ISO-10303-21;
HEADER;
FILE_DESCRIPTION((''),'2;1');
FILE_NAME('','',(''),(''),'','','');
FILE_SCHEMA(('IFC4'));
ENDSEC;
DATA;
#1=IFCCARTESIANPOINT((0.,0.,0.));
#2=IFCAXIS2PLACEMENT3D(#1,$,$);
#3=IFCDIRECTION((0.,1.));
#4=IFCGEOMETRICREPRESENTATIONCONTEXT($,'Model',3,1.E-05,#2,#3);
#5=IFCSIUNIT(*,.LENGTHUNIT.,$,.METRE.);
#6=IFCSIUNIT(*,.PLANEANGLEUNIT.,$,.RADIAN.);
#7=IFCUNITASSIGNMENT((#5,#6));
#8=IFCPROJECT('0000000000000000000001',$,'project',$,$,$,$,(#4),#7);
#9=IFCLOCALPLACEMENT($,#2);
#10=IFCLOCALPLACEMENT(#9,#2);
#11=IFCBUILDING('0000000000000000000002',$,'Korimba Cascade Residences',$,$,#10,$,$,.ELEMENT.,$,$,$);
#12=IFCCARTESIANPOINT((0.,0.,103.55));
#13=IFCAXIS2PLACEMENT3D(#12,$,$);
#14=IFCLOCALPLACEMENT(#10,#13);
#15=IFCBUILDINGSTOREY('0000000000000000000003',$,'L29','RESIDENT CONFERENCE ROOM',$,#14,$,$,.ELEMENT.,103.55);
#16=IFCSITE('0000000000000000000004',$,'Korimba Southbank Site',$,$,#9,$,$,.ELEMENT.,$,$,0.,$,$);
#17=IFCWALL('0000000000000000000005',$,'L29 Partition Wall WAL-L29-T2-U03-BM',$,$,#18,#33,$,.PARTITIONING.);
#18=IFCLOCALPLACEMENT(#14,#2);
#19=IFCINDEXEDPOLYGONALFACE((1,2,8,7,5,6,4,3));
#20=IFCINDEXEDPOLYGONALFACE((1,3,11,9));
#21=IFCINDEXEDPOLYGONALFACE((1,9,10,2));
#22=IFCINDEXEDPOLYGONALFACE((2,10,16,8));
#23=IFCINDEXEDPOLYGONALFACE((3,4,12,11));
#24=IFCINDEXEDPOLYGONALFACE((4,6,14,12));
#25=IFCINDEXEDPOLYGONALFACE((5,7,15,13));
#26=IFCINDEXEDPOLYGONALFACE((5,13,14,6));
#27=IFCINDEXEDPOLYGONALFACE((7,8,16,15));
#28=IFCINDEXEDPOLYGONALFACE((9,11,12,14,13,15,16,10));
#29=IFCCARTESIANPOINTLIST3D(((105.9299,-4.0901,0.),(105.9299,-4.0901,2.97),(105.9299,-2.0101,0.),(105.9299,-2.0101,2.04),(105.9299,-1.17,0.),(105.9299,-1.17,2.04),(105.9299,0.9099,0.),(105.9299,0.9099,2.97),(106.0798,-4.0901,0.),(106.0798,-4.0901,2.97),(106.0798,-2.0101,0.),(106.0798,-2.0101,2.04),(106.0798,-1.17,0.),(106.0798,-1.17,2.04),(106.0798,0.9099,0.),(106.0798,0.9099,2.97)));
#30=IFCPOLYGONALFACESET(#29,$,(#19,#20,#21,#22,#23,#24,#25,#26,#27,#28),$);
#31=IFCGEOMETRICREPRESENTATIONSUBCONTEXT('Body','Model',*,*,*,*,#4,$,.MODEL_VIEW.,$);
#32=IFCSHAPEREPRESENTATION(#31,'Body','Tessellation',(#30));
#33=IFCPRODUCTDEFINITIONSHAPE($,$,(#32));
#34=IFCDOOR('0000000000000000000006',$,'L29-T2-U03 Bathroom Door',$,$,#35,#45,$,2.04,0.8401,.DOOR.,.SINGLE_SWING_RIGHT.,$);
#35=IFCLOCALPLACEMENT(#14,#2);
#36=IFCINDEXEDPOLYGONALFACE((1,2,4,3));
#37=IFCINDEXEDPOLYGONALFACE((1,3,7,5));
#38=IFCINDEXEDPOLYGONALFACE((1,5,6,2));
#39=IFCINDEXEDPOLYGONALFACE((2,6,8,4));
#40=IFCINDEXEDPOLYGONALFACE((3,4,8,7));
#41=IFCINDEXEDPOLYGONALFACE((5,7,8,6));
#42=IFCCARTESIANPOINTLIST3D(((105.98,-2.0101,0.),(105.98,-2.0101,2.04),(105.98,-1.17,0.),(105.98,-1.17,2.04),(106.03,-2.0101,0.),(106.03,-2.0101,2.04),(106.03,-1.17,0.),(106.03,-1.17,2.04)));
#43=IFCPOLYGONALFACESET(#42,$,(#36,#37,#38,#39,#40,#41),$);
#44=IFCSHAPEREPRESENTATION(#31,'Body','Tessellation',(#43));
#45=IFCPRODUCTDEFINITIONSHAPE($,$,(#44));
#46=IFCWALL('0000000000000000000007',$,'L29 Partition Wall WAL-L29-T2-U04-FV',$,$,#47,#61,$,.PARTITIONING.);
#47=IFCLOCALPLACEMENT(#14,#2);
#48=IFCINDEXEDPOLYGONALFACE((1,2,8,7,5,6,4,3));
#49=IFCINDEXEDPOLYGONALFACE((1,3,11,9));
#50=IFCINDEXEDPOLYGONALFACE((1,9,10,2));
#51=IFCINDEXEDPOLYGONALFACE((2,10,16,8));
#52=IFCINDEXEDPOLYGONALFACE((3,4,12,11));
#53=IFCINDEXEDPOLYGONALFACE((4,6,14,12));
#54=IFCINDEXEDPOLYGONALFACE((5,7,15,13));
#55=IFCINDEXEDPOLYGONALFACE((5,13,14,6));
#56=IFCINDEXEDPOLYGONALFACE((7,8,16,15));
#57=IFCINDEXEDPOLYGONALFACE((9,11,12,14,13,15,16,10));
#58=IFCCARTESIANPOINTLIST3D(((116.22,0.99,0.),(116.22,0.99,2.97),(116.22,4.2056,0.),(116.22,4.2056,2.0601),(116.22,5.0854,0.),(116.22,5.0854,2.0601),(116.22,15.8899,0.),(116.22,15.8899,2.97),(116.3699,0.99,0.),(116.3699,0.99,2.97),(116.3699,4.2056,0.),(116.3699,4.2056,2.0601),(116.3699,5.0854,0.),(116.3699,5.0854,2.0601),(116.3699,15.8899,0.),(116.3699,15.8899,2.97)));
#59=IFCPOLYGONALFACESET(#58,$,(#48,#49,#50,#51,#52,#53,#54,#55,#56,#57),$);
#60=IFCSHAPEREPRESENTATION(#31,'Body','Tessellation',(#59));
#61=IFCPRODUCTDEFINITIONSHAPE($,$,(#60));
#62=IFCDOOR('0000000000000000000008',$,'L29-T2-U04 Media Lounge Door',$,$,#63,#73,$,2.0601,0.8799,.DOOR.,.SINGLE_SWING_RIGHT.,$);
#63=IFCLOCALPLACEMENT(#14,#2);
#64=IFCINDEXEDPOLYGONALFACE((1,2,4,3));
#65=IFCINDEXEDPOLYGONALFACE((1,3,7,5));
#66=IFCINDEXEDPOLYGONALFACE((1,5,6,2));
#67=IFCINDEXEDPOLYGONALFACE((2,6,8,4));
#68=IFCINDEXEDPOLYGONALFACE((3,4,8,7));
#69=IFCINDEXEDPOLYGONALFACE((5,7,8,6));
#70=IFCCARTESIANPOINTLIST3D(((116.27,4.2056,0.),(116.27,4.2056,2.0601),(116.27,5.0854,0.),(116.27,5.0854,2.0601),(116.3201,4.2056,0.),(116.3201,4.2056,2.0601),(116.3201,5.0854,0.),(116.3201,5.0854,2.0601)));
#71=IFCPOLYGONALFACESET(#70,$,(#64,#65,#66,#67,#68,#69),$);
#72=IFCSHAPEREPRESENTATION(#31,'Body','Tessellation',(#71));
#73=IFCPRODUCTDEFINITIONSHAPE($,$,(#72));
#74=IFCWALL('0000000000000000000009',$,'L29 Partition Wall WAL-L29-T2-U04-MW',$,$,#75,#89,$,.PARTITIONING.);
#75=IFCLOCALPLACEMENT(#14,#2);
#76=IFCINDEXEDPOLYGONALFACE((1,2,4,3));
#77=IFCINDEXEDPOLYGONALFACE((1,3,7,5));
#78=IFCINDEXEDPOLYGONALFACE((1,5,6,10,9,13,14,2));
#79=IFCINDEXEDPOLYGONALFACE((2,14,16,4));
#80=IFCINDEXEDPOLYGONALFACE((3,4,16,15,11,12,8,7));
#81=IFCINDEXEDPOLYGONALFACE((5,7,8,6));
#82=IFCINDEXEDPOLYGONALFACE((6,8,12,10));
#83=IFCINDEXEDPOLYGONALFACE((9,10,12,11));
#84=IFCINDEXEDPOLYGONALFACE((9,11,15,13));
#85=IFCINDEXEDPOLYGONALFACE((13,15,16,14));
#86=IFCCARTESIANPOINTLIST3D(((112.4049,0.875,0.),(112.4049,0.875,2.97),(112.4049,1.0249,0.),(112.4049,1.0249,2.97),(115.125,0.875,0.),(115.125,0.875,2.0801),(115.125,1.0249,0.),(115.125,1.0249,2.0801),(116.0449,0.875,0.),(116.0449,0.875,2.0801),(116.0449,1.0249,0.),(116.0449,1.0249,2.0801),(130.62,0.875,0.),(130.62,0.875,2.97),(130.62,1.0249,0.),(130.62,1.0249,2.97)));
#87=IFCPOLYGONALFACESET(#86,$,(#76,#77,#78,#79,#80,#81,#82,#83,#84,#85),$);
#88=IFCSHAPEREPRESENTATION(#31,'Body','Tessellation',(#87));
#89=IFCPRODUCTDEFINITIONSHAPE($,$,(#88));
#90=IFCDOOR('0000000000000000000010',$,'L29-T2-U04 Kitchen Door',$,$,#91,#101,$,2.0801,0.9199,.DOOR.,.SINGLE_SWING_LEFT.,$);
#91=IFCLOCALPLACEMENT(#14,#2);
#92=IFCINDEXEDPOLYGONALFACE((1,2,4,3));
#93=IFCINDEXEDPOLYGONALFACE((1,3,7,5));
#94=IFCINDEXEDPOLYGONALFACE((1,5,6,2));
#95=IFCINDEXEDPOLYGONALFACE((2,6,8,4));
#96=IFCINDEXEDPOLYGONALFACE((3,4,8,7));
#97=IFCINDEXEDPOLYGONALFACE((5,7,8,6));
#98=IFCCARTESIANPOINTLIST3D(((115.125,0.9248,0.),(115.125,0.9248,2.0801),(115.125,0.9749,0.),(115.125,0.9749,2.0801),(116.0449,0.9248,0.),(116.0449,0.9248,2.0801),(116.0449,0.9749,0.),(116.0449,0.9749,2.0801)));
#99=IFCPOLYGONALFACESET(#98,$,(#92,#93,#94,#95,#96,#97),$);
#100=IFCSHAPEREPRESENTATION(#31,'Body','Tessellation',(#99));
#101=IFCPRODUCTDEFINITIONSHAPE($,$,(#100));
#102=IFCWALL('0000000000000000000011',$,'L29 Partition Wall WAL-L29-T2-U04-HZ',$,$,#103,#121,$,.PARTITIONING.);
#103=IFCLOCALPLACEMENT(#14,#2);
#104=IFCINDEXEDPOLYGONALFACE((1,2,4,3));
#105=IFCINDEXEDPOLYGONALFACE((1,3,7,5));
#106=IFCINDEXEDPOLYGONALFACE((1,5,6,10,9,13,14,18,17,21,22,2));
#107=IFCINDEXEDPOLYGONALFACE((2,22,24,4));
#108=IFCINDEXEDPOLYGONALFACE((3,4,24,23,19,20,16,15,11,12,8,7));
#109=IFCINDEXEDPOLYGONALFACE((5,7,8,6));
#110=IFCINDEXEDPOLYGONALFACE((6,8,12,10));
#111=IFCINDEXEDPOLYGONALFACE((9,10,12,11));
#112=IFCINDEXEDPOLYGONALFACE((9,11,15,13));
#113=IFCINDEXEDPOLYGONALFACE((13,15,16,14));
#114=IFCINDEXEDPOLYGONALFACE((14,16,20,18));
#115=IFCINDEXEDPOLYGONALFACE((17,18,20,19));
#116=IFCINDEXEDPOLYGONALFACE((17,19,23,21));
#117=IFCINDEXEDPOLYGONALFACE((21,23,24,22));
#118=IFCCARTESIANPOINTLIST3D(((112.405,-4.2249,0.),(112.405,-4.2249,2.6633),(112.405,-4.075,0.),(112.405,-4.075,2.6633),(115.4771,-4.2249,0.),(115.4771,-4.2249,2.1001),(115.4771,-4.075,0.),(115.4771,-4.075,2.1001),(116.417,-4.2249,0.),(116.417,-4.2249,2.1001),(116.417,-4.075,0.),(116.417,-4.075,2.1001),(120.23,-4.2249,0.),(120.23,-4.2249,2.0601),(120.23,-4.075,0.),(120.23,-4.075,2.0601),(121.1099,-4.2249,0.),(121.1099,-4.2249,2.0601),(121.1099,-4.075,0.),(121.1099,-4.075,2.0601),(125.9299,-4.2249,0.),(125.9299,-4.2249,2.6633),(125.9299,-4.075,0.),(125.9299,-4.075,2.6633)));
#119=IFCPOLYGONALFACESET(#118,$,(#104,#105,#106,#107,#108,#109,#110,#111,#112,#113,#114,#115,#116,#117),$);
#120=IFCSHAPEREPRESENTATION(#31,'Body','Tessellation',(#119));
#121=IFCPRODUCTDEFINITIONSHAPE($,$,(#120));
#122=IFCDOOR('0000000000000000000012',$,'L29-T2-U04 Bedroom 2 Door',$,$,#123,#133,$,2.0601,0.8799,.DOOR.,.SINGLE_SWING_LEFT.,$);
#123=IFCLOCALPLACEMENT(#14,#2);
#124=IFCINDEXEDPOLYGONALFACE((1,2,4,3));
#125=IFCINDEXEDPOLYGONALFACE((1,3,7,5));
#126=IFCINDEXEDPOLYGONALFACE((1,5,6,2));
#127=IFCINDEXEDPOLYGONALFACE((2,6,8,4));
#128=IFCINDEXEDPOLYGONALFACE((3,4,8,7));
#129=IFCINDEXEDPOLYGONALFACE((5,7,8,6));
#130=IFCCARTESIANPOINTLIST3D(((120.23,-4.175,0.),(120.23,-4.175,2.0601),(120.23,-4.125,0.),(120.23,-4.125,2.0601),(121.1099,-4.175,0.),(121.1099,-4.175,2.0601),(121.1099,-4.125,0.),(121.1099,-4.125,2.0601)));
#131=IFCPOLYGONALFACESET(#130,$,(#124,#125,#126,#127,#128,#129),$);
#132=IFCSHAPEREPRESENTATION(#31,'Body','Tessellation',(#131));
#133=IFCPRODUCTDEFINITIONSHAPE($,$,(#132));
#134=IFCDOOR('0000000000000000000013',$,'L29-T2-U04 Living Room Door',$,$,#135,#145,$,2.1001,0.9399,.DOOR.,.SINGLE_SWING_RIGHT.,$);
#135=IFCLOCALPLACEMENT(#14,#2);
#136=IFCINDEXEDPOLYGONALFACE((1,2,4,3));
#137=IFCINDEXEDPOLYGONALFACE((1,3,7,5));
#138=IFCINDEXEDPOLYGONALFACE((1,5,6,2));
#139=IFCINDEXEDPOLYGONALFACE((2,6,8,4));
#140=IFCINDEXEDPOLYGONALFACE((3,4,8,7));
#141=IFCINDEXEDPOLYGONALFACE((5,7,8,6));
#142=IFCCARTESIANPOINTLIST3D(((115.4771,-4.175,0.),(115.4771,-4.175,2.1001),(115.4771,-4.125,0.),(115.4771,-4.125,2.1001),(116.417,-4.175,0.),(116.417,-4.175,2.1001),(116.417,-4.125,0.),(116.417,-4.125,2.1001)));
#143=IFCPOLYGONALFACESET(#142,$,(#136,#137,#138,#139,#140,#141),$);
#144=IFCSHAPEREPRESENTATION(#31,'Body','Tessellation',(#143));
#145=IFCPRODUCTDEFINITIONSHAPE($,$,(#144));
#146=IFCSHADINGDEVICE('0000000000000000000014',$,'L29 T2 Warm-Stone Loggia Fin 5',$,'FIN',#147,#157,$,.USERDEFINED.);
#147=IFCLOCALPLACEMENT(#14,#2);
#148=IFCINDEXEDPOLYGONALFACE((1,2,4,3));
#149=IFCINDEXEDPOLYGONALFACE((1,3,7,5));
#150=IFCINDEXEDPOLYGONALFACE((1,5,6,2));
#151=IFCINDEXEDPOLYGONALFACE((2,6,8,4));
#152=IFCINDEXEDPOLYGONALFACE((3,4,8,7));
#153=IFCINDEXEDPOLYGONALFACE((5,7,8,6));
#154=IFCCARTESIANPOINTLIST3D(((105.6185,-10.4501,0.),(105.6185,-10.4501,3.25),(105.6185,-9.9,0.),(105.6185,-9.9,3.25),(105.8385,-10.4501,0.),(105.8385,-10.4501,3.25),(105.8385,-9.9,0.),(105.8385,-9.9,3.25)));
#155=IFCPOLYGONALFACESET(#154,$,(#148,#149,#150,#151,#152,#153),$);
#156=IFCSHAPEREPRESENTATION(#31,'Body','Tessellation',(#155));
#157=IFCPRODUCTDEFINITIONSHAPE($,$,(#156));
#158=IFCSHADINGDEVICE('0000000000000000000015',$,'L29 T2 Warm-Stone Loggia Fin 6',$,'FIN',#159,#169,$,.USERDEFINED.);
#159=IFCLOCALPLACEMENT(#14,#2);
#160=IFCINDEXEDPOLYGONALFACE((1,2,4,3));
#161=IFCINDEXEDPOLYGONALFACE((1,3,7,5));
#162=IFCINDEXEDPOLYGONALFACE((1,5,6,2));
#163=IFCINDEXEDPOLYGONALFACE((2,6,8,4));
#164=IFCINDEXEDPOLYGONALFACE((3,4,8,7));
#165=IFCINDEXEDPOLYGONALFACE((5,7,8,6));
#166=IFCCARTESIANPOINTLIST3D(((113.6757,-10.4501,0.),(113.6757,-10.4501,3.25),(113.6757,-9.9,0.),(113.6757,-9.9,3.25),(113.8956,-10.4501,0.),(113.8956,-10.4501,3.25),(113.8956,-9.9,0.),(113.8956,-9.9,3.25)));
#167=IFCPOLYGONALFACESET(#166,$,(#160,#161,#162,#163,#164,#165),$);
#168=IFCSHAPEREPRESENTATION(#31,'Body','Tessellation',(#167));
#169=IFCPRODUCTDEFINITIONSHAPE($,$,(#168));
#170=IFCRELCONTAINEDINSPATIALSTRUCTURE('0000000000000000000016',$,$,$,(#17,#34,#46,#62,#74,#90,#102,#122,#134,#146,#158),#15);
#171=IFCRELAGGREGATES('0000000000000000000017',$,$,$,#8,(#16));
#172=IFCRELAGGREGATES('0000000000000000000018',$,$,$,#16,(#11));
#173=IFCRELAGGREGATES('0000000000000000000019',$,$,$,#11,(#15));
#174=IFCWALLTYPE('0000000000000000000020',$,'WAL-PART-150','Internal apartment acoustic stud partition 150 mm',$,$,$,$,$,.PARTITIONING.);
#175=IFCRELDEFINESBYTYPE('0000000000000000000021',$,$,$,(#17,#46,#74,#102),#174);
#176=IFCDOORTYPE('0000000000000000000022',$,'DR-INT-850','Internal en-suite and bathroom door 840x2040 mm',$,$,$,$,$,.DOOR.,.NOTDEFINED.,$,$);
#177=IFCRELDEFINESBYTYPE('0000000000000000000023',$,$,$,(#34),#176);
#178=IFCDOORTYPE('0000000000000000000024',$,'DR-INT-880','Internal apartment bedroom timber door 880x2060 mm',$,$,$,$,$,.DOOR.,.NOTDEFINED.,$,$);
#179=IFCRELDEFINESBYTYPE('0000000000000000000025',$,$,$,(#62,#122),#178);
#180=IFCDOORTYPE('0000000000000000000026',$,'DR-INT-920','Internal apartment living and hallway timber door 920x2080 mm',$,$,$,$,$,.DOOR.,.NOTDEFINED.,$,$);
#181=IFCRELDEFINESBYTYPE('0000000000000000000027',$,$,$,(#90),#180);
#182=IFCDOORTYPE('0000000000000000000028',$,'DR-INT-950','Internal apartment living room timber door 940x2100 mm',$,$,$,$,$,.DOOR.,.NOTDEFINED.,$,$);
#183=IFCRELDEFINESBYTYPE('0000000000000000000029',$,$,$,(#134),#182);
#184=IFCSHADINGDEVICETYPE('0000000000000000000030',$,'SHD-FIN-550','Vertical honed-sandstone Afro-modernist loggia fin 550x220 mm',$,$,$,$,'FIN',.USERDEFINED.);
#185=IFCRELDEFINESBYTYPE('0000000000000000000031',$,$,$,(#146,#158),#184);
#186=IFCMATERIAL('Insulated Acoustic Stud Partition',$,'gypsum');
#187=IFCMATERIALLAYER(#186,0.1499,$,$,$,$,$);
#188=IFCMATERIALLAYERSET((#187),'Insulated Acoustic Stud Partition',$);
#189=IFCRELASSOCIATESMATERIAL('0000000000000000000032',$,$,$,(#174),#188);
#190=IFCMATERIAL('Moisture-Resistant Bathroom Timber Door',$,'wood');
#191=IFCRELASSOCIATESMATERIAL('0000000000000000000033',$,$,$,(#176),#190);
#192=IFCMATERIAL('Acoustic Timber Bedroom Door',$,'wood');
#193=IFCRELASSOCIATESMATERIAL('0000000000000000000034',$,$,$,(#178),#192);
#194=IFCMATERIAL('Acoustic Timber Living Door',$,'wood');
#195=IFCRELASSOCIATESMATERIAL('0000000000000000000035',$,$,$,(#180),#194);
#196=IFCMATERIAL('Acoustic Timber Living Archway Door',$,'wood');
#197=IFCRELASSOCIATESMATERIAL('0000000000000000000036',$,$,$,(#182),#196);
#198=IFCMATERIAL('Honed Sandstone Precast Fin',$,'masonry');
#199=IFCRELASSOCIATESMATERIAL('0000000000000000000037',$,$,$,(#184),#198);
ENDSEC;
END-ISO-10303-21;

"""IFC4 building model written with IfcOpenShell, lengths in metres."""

from ifc_helpers import new_model, si_unit, direction, frame, frame_2d, origin, origin_2d, place, context, subcontext, project, spatial, rectangle, extrude, material, layer, layer_set, type_object, element, fill, save


model = new_model("IFC4")

# Units and contexts
model_context = context("Model", 3, precision=1e-05, world=origin(), true_north=direction((0.0, 1.0)))
body_context = subcontext(model_context, "Body", "Model", "MODEL_VIEW")
ifc_project = project(units=[si_unit("LENGTHUNIT", "METRE"), si_unit("PLANEANGLEUNIT", "RADIAN")], contexts=[model_context])

# Site, building, storey
site_placement = place(None, origin())
site = spatial("IfcSite", under=ifc_project, at=site_placement, Name="Korimba Southbank Site", CompositionType="ELEMENT", RefElevation=0.0)
building_placement = place(site_placement, origin())
building = spatial("IfcBuilding", under=site, at=building_placement, Name="Korimba Cascade Residences", CompositionType="ELEMENT")
storey_placement = place(building_placement, frame((0.0, 0.0, 103.55)))
storey = spatial("IfcBuildingStorey", under=building, at=storey_placement, Name="L29", Description="RESIDENT CONFERENCE ROOM", CompositionType="ELEMENT", Elevation=103.55)

# Walls, openings, doors
ifc_material_1 = material(Name="Insulated Acoustic Stud Partition", Category="gypsum")
ifc_layer_1 = layer(ifc_material_1, 0.1499)
ifc_layer_set_1 = layer_set([ifc_layer_1], Name="Insulated Acoustic Stud Partition")
wall_type_1 = type_object("IfcWallType", Name="WAL-PART-150", Description="Internal apartment acoustic stud partition 150 mm", PredefinedType="PARTITIONING", material=ifc_layer_set_1)
wall_1_placement = place(storey_placement, frame((106.0049, -4.0901, 0.0), z_axis=(0.0, 0.0, 1.0), x_axis=(0.0, 1.0, 0.0)))
wall_1 = element("IfcWall", 1, at=wall_1_placement, inside=storey, type_object=wall_type_1, Name="L29 Partition Wall WAL-L29-T2-U03-BM", PredefinedType="PARTITIONING", context=body_context, shape_type="SweptSolid", body=[
    extrude(rectangle(XDim=5.0, YDim=0.1499, at=frame_2d((2.5, 0.0))), origin(), (0.0, 0.0, 1.0), 2.97),
])
opening_1_placement = place(wall_1_placement, frame((2.0801, 0.0, 0.0)))
opening_1 = element("IfcOpeningElement", 2, at=opening_1_placement, cuts=wall_1, PredefinedType="OPENING", context=body_context, shape_type="SweptSolid", body=[
    extrude(rectangle(XDim=0.8401, YDim=2.04, at=frame_2d((0.4199, 1.02))), frame((0.0, 0.085, 0.0), z_axis=(0.0, -1.0, 0.0), x_axis=(1.0, 0.0, 0.0)), (0.0, 0.0, 1.0), 0.1699),
])
ifc_material_2 = material(Name="Moisture-Resistant Bathroom Timber Door", Category="wood")
door_type_1 = type_object("IfcDoorType", Name="DR-INT-850", Description="Internal en-suite and bathroom door 840x2040 mm", OperationType="NOTDEFINED", PredefinedType="DOOR", material=ifc_material_2)
door_1_placement = place(opening_1_placement, origin())
door_1 = element("IfcDoor", 3, at=door_1_placement, inside=storey, type_object=door_type_1, Name="L29-T2-U03 Bathroom Door", OperationType="SINGLE_SWING_RIGHT", OverallHeight=2.04, OverallWidth=0.8401, PredefinedType="DOOR", context=body_context, shape_type="SweptSolid", body=[
    extrude(rectangle(XDim=0.8401, YDim=2.04, at=frame_2d((0.4199, 1.02))), frame((0.0, 0.0249, 0.0), z_axis=(0.0, -1.0, 0.0), x_axis=(1.0, 0.0, 0.0)), (0.0, 0.0, 1.0), 0.05),
])
fill(opening_1, door_1)
wall_2_placement = place(storey_placement, frame((116.2949, 0.99, 0.0), z_axis=(0.0, 0.0, 1.0), x_axis=(0.0, 1.0, 0.0)))
wall_2 = element("IfcWall", 4, at=wall_2_placement, inside=storey, type_object=wall_type_1, Name="L29 Partition Wall WAL-L29-T2-U04-FV", PredefinedType="PARTITIONING", context=body_context, shape_type="SweptSolid", body=[
    extrude(rectangle(XDim=14.8999, YDim=0.1499, at=frame_2d((7.45, 0.0))), origin(), (0.0, 0.0, 1.0), 2.97),
])
opening_2_placement = place(wall_2_placement, frame((3.2156, 0.0, 0.0)))
opening_2 = element("IfcOpeningElement", 5, at=opening_2_placement, cuts=wall_2, PredefinedType="OPENING", context=body_context, shape_type="SweptSolid", body=[
    extrude(rectangle(XDim=0.8799, YDim=2.0601, at=frame_2d((0.4399, 1.03))), frame((0.0, 0.085, 0.0), z_axis=(0.0, -1.0, 0.0), x_axis=(1.0, 0.0, 0.0)), (0.0, 0.0, 1.0), 0.1699),
])
ifc_material_3 = material(Name="Acoustic Timber Bedroom Door", Category="wood")
door_type_2 = type_object("IfcDoorType", Name="DR-INT-880", Description="Internal apartment bedroom timber door 880x2060 mm", OperationType="NOTDEFINED", PredefinedType="DOOR", material=ifc_material_3)
door_2_placement = place(opening_2_placement, origin())
door_2 = element("IfcDoor", 6, at=door_2_placement, inside=storey, type_object=door_type_2, Name="L29-T2-U04 Media Lounge Door", OperationType="SINGLE_SWING_RIGHT", OverallHeight=2.0601, OverallWidth=0.8799, PredefinedType="DOOR", context=body_context, shape_type="SweptSolid", body=[
    extrude(rectangle(XDim=0.8799, YDim=2.0601, at=frame_2d((0.4399, 1.03))), frame((0.0, 0.0249, 0.0), z_axis=(0.0, -1.0, 0.0), x_axis=(1.0, 0.0, 0.0)), (0.0, 0.0, 1.0), 0.05),
])
fill(opening_2, door_2)
wall_3_placement = place(storey_placement, frame((112.405, 0.95, 0.0), z_axis=(0.0, 0.0, 1.0), x_axis=(1.0, 0.0, 0.0)))
wall_3 = element("IfcWall", 7, at=wall_3_placement, inside=storey, type_object=wall_type_1, Name="L29 Partition Wall WAL-L29-T2-U04-MW", PredefinedType="PARTITIONING", context=body_context, shape_type="SweptSolid", body=[
    extrude(rectangle(XDim=18.2151, YDim=0.1499, at=frame_2d((9.1074, 0.0))), origin(), (0.0, 0.0, 1.0), 2.97),
])
opening_3_placement = place(wall_3_placement, frame((2.72, 0.0, 0.0)))
opening_3 = element("IfcOpeningElement", 8, at=opening_3_placement, cuts=wall_3, PredefinedType="OPENING", context=body_context, shape_type="SweptSolid", body=[
    extrude(rectangle(XDim=0.9199, YDim=2.0801, at=frame_2d((0.46, 1.04))), frame((0.0, 0.085, 0.0), z_axis=(0.0, -1.0, 0.0), x_axis=(1.0, 0.0, 0.0)), (0.0, 0.0, 1.0), 0.1699),
])
ifc_material_4 = material(Name="Acoustic Timber Living Door", Category="wood")
door_type_3 = type_object("IfcDoorType", Name="DR-INT-920", Description="Internal apartment living and hallway timber door 920x2080 mm", OperationType="NOTDEFINED", PredefinedType="DOOR", material=ifc_material_4)
door_3_placement = place(opening_3_placement, origin())
door_3 = element("IfcDoor", 9, at=door_3_placement, inside=storey, type_object=door_type_3, Name="L29-T2-U04 Kitchen Door", OperationType="SINGLE_SWING_LEFT", OverallHeight=2.0801, OverallWidth=0.9199, PredefinedType="DOOR", context=body_context, shape_type="SweptSolid", body=[
    extrude(rectangle(XDim=0.9199, YDim=2.0801, at=frame_2d((0.46, 1.04))), frame((0.0, 0.0249, 0.0), z_axis=(0.0, -1.0, 0.0), x_axis=(1.0, 0.0, 0.0)), (0.0, 0.0, 1.0), 0.05),
])
fill(opening_3, door_3)

# Wall, openings, doors
wall_4_placement = place(storey_placement, frame((112.405, -4.1499, 0.0), z_axis=(0.0, 0.0, 1.0), x_axis=(1.0, 0.0, 0.0)))
wall_4 = element("IfcWall", 10, at=wall_4_placement, inside=storey, type_object=wall_type_1, Name="L29 Partition Wall WAL-L29-T2-U04-HZ", PredefinedType="PARTITIONING", context=body_context, shape_type="SweptSolid", body=[
    extrude(rectangle(XDim=13.5249, YDim=0.1499, at=frame_2d((6.7625, 0.0))), origin(), (0.0, 0.0, 1.0), 2.6633),
])
opening_4_placement = place(wall_4_placement, frame((3.072, 0.0, 0.0)))
opening_4 = element("IfcOpeningElement", 11, at=opening_4_placement, cuts=wall_4, PredefinedType="OPENING", context=body_context, shape_type="SweptSolid", body=[
    extrude(rectangle(XDim=0.9399, YDim=2.1001, at=frame_2d((0.47, 1.05))), frame((0.0, 0.085, 0.0), z_axis=(0.0, -1.0, 0.0), x_axis=(1.0, 0.0, 0.0)), (0.0, 0.0, 1.0), 0.1699),
])
opening_5_placement = place(wall_4_placement, frame((7.825, 0.0, 0.0)))
opening_5 = element("IfcOpeningElement", 12, at=opening_5_placement, cuts=wall_4, PredefinedType="OPENING", context=body_context, shape_type="SweptSolid", body=[
    extrude(rectangle(XDim=0.8799, YDim=2.0601, at=frame_2d((0.4399, 1.03))), frame((0.0, 0.085, 0.0), z_axis=(0.0, -1.0, 0.0), x_axis=(1.0, 0.0, 0.0)), (0.0, 0.0, 1.0), 0.1699),
])
door_4_placement = place(opening_5_placement, origin())
door_4 = element("IfcDoor", 13, at=door_4_placement, inside=storey, type_object=door_type_2, Name="L29-T2-U04 Bedroom 2 Door", OperationType="SINGLE_SWING_LEFT", OverallHeight=2.0601, OverallWidth=0.8799, PredefinedType="DOOR", context=body_context, shape_type="SweptSolid", body=[
    extrude(rectangle(XDim=0.8799, YDim=2.0601, at=frame_2d((0.4399, 1.03))), frame((0.0, 0.0249, 0.0), z_axis=(0.0, -1.0, 0.0), x_axis=(1.0, 0.0, 0.0)), (0.0, 0.0, 1.0), 0.05),
])
fill(opening_5, door_4)
ifc_material_5 = material(Name="Acoustic Timber Living Archway Door", Category="wood")
door_type_4 = type_object("IfcDoorType", Name="DR-INT-950", Description="Internal apartment living room timber door 940x2100 mm", OperationType="NOTDEFINED", PredefinedType="DOOR", material=ifc_material_5)
door_5_placement = place(opening_4_placement, origin())
door_5 = element("IfcDoor", 14, at=door_5_placement, inside=storey, type_object=door_type_4, Name="L29-T2-U04 Living Room Door", OperationType="SINGLE_SWING_RIGHT", OverallHeight=2.1001, OverallWidth=0.9399, PredefinedType="DOOR", context=body_context, shape_type="SweptSolid", body=[
    extrude(rectangle(XDim=0.9399, YDim=2.1001, at=frame_2d((0.47, 1.05))), frame((0.0, 0.0249, 0.0), z_axis=(0.0, -1.0, 0.0), x_axis=(1.0, 0.0, 0.0)), (0.0, 0.0, 1.0), 0.05),
])
fill(opening_4, door_5)

# Shading devices
ifc_material_6 = material(Name="Honed Sandstone Precast Fin", Category="masonry")
shading_device_type = type_object("IfcShadingDeviceType", Name="SHD-FIN-550", Description="Vertical honed-sandstone Afro-modernist loggia fin 550x220 mm", ElementType="FIN", PredefinedType="USERDEFINED", material=ifc_material_6)
for number, where, z_axis, x_axis, name in (
    (15, (105.7285, -10.175, 0.0), (0.0, 0.0, 1.0), (1.0, 0.0, 0.0), "L29 T2 Warm-Stone Loggia Fin 5"),
    (16, (113.7856, -10.175, 0.0), (0.0, 0.0, 1.0), (1.0, 0.0, 0.0), "L29 T2 Warm-Stone Loggia Fin 6"),
):
    element("IfcShadingDevice", number, at=place(storey_placement, frame(where, z_axis=z_axis, x_axis=x_axis)), inside=storey, type_object=shading_device_type, Name=name, ObjectType="FIN", PredefinedType="USERDEFINED", context=body_context, shape_type="SweptSolid", body=[
        extrude(rectangle(XDim=0.22, YDim=0.55, at=origin_2d()), origin(), (0.0, 0.0, 1.0), 3.25),
    ])

save(model, "model.ifc")
